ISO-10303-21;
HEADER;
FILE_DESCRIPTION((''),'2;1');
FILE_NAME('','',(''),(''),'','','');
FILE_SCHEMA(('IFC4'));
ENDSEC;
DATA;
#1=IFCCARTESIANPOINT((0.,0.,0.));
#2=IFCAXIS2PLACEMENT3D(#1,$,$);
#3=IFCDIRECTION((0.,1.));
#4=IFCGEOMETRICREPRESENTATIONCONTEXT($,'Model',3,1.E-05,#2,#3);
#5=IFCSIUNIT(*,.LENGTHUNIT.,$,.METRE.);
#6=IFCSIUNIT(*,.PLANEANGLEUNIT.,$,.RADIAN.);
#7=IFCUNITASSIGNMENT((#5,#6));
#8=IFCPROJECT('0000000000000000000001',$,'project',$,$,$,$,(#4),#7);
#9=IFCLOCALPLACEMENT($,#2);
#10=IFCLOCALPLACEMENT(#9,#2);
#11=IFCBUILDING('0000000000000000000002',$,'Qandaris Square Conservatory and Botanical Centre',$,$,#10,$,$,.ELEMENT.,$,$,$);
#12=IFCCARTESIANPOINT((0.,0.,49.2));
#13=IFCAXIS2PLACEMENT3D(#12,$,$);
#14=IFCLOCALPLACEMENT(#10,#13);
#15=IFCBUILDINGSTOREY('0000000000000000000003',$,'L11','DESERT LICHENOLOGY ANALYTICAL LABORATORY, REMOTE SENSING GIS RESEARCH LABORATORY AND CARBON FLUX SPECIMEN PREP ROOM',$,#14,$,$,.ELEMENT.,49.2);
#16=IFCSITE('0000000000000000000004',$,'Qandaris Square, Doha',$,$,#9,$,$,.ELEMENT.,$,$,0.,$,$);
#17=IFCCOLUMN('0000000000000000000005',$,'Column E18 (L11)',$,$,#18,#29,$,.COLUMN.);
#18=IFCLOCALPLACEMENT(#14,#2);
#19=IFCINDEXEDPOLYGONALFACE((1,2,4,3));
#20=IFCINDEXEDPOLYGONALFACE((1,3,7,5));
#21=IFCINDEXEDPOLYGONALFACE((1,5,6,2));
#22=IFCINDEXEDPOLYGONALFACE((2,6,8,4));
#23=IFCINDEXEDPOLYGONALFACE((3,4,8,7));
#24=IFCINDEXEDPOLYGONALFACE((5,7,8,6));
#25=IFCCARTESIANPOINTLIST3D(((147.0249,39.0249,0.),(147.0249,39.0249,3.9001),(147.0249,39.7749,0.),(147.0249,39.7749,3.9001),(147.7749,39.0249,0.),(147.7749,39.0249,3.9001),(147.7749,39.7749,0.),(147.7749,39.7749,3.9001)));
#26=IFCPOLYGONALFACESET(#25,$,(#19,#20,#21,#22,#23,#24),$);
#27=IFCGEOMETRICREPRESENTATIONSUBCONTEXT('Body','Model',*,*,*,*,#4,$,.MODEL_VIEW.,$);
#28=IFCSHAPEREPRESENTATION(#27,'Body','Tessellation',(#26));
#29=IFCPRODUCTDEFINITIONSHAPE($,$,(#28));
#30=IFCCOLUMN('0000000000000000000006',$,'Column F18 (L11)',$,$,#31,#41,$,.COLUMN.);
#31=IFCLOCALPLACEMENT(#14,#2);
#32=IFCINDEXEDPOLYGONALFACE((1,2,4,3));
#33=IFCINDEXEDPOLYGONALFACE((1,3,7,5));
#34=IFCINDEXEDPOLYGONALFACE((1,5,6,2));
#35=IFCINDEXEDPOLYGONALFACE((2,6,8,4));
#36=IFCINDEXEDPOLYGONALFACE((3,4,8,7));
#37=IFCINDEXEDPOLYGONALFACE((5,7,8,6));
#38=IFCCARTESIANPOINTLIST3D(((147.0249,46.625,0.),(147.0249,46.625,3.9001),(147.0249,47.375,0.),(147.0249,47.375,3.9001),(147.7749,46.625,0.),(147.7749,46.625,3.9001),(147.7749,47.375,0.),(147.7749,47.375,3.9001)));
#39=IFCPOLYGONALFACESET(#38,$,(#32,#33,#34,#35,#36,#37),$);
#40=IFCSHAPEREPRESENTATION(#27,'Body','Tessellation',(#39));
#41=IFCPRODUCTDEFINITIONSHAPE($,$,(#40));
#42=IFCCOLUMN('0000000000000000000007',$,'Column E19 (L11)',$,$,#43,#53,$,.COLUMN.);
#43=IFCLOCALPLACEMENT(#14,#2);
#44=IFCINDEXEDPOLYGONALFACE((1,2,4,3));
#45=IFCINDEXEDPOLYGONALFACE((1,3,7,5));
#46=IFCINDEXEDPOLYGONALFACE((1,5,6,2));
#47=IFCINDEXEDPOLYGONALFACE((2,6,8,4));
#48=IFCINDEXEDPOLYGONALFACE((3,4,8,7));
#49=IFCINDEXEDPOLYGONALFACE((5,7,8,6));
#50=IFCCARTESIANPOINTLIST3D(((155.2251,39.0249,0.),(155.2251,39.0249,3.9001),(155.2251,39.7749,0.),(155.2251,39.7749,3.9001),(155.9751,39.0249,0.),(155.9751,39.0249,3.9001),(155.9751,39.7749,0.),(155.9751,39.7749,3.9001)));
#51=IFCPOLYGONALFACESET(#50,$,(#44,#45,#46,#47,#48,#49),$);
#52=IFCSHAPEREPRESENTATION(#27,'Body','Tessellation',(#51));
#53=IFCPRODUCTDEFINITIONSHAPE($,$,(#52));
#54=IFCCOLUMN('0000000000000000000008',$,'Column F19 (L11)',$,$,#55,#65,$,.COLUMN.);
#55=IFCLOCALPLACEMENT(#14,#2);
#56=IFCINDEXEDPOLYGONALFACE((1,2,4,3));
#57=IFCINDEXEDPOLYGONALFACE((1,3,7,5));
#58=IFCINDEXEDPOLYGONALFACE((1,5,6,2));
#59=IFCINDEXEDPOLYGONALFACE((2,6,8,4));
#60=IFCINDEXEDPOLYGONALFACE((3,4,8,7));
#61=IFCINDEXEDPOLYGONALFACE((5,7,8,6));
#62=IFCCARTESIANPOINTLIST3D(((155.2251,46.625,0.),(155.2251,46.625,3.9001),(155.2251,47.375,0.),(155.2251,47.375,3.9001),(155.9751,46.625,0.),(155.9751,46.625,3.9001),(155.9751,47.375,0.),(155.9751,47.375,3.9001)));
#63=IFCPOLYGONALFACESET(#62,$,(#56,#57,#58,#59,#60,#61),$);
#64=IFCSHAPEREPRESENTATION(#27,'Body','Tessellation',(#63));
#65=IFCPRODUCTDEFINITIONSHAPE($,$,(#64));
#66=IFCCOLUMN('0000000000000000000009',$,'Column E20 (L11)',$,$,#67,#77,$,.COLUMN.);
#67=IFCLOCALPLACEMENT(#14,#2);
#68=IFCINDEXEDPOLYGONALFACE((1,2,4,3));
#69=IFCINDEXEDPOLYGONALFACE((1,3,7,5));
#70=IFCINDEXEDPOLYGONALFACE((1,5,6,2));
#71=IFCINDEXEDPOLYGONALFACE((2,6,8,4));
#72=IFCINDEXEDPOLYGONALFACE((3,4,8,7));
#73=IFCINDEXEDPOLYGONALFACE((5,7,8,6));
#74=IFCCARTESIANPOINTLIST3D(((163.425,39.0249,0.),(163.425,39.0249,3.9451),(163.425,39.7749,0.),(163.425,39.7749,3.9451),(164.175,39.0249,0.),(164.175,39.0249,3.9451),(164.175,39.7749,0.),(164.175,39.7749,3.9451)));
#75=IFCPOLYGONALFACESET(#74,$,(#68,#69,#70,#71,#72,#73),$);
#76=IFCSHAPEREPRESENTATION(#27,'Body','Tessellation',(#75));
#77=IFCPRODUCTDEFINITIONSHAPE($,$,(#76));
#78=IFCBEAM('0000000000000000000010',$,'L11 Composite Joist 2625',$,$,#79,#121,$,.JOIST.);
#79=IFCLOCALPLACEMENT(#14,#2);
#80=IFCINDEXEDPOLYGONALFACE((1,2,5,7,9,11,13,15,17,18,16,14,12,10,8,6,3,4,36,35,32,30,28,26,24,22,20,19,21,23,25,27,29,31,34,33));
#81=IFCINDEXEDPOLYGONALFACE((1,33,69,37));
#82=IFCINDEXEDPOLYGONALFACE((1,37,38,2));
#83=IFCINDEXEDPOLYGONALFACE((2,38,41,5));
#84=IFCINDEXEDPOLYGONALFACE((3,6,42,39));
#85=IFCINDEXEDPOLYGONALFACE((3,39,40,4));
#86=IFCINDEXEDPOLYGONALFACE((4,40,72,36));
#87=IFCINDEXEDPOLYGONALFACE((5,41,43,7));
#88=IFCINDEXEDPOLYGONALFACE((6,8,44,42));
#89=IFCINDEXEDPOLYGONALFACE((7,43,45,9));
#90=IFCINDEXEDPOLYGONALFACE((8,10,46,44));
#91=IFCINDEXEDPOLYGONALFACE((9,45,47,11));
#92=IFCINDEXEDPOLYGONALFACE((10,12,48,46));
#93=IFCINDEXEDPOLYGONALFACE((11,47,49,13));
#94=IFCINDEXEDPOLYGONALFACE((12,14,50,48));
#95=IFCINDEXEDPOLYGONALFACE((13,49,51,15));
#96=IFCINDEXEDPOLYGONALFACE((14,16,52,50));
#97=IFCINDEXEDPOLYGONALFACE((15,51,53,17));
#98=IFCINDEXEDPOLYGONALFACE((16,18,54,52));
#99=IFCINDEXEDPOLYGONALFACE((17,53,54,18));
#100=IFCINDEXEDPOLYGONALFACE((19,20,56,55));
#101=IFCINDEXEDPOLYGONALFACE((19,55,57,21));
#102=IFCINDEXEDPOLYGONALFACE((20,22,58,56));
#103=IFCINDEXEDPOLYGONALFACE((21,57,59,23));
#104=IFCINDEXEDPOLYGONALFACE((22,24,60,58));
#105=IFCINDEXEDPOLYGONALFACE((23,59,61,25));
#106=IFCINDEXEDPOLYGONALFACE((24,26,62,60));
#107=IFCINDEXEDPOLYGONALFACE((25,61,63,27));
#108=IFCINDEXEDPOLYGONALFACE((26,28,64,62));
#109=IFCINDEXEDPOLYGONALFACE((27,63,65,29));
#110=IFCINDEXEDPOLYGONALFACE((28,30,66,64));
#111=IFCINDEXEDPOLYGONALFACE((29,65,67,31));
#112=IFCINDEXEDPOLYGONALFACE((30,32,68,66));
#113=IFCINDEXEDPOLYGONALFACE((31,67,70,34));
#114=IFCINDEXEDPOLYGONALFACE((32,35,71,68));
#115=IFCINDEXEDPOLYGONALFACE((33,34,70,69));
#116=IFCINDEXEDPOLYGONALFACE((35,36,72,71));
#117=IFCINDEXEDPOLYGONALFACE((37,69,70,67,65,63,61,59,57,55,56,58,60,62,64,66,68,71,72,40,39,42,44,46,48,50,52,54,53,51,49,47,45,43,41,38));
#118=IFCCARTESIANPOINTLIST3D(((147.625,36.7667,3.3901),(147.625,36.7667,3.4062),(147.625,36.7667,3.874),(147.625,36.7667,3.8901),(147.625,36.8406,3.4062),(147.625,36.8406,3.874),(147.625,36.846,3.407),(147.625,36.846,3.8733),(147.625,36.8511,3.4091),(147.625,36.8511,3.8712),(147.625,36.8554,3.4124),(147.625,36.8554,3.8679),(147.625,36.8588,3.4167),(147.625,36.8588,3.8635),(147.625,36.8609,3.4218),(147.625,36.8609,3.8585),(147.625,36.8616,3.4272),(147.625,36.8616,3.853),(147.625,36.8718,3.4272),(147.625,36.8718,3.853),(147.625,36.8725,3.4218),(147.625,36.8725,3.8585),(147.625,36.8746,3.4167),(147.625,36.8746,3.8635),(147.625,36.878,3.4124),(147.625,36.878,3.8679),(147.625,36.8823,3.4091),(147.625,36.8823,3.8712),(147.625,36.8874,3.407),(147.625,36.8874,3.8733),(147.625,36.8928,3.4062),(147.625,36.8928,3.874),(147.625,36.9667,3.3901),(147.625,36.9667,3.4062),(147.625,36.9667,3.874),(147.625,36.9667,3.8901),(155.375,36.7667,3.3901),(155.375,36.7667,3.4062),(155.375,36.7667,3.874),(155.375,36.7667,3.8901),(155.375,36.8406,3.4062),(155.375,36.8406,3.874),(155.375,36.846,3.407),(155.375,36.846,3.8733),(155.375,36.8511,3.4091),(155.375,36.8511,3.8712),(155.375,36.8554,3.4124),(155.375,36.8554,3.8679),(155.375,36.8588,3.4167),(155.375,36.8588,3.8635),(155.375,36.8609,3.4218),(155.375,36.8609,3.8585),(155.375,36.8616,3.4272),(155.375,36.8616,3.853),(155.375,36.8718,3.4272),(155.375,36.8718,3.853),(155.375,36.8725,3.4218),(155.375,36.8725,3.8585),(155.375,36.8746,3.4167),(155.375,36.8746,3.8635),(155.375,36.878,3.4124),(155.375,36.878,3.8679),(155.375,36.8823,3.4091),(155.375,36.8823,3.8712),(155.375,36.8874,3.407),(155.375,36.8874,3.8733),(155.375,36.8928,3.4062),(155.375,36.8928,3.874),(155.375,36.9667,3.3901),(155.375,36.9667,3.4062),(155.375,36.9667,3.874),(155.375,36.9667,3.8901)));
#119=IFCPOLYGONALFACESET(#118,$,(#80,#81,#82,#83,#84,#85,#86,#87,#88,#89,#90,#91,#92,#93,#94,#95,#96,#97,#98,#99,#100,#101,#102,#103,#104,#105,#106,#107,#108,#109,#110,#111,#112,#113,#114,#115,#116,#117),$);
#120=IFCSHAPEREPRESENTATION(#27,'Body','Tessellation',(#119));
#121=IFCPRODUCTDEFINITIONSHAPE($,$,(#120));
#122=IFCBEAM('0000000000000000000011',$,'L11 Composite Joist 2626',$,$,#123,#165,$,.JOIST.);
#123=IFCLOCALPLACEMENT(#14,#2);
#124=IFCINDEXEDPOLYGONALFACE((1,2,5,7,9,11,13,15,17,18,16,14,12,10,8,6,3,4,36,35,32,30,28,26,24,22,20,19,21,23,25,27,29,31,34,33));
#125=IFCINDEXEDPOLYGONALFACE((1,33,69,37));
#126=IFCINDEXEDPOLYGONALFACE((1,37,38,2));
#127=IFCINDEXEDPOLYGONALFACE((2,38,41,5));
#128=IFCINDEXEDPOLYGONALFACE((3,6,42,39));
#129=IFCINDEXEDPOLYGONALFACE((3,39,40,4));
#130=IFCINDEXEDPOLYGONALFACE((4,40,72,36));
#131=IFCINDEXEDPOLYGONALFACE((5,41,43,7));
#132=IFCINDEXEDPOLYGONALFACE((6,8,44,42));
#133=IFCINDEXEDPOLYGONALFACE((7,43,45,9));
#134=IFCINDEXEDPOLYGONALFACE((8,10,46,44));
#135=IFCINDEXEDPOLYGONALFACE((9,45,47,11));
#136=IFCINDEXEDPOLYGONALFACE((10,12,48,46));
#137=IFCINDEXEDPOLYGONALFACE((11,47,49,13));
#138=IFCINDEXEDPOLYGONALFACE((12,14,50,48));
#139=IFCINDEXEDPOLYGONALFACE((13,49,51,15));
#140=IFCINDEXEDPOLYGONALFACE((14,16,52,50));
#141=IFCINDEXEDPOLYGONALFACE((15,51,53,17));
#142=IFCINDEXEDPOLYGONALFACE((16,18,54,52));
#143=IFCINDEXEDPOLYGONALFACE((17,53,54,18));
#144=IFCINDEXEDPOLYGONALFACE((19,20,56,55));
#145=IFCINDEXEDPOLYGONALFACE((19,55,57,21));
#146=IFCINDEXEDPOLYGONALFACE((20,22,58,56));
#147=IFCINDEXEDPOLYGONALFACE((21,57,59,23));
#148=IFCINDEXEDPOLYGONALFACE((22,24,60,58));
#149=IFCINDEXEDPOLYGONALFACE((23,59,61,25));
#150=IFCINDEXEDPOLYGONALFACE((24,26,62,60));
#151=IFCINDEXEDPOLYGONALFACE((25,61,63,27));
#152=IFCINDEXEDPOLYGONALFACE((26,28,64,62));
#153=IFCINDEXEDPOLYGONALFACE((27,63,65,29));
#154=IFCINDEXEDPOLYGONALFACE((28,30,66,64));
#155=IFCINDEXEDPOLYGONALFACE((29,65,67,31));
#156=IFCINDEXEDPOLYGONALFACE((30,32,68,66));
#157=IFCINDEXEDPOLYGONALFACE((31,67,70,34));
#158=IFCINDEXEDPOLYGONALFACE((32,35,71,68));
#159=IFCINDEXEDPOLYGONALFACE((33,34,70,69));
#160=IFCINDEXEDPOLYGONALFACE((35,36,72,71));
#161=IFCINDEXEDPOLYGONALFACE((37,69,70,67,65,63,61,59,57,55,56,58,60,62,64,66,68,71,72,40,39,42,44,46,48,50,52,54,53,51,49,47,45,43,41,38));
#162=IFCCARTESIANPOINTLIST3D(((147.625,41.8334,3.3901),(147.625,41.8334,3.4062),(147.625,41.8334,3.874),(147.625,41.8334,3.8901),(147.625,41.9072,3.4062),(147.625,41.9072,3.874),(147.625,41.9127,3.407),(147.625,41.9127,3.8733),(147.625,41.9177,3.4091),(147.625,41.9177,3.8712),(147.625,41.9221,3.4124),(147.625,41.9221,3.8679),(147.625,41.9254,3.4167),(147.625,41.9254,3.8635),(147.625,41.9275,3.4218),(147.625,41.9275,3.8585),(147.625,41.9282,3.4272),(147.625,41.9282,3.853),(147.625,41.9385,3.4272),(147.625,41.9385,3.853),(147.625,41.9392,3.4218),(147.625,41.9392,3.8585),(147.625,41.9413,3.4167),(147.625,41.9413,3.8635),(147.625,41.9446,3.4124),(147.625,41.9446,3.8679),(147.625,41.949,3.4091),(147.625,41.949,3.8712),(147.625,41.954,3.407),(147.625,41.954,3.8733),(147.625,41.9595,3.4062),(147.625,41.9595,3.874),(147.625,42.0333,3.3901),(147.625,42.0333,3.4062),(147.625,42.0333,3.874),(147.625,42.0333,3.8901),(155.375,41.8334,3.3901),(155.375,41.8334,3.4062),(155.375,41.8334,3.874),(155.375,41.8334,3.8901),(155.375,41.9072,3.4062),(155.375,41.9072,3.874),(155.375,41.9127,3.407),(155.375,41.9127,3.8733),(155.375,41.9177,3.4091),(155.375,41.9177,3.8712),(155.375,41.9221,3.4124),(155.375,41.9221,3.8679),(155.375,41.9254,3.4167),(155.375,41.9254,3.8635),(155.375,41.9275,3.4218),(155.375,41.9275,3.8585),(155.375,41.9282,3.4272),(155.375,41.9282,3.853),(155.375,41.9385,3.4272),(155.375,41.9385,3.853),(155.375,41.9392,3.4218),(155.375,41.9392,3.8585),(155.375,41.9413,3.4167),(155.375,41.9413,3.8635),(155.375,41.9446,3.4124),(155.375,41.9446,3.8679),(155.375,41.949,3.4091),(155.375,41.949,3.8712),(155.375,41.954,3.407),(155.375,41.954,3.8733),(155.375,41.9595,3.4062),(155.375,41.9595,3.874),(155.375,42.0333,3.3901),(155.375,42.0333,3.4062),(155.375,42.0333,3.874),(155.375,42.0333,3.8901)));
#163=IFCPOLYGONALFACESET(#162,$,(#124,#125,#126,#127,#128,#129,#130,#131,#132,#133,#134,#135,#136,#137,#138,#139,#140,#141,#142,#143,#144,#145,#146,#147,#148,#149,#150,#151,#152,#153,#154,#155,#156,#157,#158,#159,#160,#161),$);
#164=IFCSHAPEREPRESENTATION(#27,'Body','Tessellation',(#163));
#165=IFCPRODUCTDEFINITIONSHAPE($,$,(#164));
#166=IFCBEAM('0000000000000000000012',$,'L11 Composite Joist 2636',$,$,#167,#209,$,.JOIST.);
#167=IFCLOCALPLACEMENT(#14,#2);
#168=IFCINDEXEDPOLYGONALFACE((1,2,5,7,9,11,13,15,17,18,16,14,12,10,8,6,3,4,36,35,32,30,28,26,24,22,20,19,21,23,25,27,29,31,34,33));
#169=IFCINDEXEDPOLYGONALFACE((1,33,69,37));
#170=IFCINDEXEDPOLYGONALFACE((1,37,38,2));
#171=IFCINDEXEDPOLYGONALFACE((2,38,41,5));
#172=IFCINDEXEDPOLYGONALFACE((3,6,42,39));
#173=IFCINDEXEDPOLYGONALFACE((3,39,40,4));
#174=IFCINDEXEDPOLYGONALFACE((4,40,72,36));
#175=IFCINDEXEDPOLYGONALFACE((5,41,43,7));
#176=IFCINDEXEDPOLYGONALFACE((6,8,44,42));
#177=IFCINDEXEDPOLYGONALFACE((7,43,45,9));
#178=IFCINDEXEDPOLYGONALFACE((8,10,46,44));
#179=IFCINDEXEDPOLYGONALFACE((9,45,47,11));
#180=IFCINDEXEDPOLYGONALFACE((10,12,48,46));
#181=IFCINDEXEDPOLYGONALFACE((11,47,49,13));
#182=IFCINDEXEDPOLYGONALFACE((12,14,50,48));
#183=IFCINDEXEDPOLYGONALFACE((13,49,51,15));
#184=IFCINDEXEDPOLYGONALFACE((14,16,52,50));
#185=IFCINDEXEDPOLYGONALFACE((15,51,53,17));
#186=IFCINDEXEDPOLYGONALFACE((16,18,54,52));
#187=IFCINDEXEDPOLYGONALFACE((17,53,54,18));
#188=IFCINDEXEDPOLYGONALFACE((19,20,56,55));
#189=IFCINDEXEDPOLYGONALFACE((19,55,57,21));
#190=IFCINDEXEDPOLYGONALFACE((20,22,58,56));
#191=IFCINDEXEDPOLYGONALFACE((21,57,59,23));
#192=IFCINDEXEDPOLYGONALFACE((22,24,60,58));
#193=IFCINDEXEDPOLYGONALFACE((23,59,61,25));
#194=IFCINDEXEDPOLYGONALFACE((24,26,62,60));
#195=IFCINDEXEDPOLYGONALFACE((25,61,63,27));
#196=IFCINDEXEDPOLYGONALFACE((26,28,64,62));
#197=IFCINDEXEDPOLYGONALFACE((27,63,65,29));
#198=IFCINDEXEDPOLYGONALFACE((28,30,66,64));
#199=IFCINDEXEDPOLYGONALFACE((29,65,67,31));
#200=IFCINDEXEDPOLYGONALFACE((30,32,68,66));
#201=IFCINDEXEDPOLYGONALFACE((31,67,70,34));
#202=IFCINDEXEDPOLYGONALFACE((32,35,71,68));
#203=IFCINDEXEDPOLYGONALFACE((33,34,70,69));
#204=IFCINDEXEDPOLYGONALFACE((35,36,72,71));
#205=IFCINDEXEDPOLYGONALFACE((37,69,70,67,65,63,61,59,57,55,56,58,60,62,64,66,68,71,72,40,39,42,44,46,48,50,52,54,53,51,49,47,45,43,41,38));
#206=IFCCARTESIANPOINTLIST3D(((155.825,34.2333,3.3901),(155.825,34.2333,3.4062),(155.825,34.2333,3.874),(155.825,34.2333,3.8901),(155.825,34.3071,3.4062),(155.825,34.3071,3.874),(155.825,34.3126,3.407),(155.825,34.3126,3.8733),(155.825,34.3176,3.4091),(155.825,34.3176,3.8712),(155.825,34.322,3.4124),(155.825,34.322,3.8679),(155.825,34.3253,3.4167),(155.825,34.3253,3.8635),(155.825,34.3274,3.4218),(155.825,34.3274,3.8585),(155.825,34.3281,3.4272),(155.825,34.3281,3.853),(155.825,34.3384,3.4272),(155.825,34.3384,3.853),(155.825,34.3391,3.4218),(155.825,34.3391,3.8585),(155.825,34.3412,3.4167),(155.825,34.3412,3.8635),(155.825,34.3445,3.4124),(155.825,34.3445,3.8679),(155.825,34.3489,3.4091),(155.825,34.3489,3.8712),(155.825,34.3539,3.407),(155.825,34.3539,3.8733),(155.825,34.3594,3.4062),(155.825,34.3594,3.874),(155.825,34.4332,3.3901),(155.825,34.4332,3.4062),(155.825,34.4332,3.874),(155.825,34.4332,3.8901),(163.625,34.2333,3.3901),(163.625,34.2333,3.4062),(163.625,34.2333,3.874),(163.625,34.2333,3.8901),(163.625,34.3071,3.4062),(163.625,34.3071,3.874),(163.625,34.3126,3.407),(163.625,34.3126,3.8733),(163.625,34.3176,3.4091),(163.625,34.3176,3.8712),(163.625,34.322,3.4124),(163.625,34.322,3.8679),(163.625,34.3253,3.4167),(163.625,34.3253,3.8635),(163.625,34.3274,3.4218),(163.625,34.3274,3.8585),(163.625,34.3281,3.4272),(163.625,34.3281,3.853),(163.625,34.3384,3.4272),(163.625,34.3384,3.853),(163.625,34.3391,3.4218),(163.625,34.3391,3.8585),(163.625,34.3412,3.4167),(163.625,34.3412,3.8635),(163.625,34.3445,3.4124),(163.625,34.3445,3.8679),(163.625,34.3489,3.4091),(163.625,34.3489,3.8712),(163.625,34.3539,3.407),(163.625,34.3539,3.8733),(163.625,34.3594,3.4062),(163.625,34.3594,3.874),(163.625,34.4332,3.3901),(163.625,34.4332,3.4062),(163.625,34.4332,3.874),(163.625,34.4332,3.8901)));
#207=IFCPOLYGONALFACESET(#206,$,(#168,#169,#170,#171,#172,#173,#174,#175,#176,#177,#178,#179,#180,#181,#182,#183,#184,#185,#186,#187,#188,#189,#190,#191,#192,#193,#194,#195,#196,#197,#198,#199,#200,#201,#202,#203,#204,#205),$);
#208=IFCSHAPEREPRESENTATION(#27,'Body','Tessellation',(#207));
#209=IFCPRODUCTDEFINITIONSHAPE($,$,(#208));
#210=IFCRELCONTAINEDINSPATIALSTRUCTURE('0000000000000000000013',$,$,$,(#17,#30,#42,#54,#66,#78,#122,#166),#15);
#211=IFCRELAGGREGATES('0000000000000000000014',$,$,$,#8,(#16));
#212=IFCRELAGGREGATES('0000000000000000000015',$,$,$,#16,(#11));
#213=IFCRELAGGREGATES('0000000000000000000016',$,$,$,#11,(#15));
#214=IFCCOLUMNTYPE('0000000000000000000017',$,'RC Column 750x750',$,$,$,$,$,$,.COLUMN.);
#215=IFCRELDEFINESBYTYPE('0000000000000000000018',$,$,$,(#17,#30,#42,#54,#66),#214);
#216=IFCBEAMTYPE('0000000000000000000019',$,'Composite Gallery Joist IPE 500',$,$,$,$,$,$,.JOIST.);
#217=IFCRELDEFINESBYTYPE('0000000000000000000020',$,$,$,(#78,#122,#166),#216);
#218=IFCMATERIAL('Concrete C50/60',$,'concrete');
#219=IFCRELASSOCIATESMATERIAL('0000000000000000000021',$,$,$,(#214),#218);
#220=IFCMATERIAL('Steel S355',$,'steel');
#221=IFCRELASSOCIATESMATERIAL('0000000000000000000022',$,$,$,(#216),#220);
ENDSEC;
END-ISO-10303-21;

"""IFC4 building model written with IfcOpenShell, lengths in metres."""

from ifc_helpers import new_model, si_unit, direction, frame, origin, origin_2d, place, context, subcontext, project, spatial, rectangle, i_section, extrude, material, material_profile, profile_set, type_object, element, save


model = new_model("IFC4")

# Units and contexts
model_context = context("Model", 3, precision=1e-05, world=origin(), true_north=direction((0.0, 1.0)))
body_context = subcontext(model_context, "Body", "Model", "MODEL_VIEW")
ifc_project = project(units=[si_unit("LENGTHUNIT", "METRE"), si_unit("PLANEANGLEUNIT", "RADIAN")], contexts=[model_context])

# Site, building, storey
site_placement = place(None, origin())
site = spatial("IfcSite", under=ifc_project, at=site_placement, Name="Qandaris Square, Doha", CompositionType="ELEMENT", RefElevation=0.0)
building_placement = place(site_placement, origin())
building = spatial("IfcBuilding", under=site, at=building_placement, Name="Qandaris Square Conservatory and Botanical Centre", CompositionType="ELEMENT")
storey_placement = place(building_placement, frame((0.0, 0.0, 49.2)))
storey = spatial("IfcBuildingStorey", under=building, at=storey_placement, Name="L11", Description="DESERT LICHENOLOGY ANALYTICAL LABORATORY, REMOTE SENSING GIS RESEARCH LABORATORY AND CARBON FLUX SPECIMEN PREP ROOM", CompositionType="ELEMENT", Elevation=49.2)

# Columns
ifc_material_1 = material(Name="Concrete C50/60", Category="concrete")
ifc_material_profile_1 = material_profile(ifc_material_1, rectangle(XDim=0.75, YDim=0.75, at=origin_2d()), Name="RC-COL 750x750")
ifc_profile_set_1 = profile_set([ifc_material_profile_1], Name="Concrete C50/60")
column_type = type_object("IfcColumnType", Name="RC Column 750x750", PredefinedType="COLUMN", material=ifc_profile_set_1)
for number, where, z_axis, x_axis, name in (
    (1, (147.3999, 39.3999, 0.0), (0.0, 0.0, 1.0), (1.0, 0.0, 0.0), "Column E18 (L11)"),
    (2, (147.3999, 47.0, 0.0), (0.0, 0.0, 1.0), (1.0, 0.0, 0.0), "Column F18 (L11)"),
    (3, (155.6001, 39.3999, 0.0), (0.0, 0.0, 1.0), (1.0, 0.0, 0.0), "Column E19 (L11)"),
    (4, (155.6001, 47.0, 0.0), (0.0, 0.0, 1.0), (1.0, 0.0, 0.0), "Column F19 (L11)"),
):
    element("IfcColumn", number, at=place(storey_placement, frame(where, z_axis=z_axis, x_axis=x_axis)), inside=storey, type_object=column_type, Name=name, PredefinedType="COLUMN", context=body_context, shape_type="SweptSolid", body=[
        extrude(rectangle(XDim=0.75, YDim=0.75, at=origin_2d()), origin(), (0.0, 0.0, 1.0), 3.9001),
    ])
column_placement = place(storey_placement, frame((163.8, 39.3999, 0.0), z_axis=(0.0, 0.0, 1.0), x_axis=(1.0, 0.0, 0.0)))
element("IfcColumn", 5, at=column_placement, inside=storey, type_object=column_type, Name="Column E20 (L11)", PredefinedType="COLUMN", context=body_context, shape_type="SweptSolid", body=[
    extrude(rectangle(XDim=0.75, YDim=0.75, at=origin_2d()), origin(), (0.0, 0.0, 1.0), 3.9451),
])

# Beams
ifc_material_2 = material(Name="Steel S355", Category="steel")
ifc_material_profile_2 = material_profile(ifc_material_2, i_section(OverallWidth=0.2, OverallDepth=0.5, WebThickness=0.0103, FlangeThickness=0.0161, FilletRadius=0.021, at=origin_2d()), Name="IPE 500")
ifc_profile_set_2 = profile_set([ifc_material_profile_2], Name="Steel S355")
beam_type_1 = type_object("IfcBeamType", Name="Composite Gallery Joist IPE 500", PredefinedType="JOIST", material=ifc_profile_set_2)
for number, where, z_axis, x_axis, name in (
    (6, (147.625, 36.8667, 3.6401), (1.0, 0.0, 0.0), (0.0, 1.0, 0.0), "L11 Composite Joist 2625"),
    (7, (147.625, 41.9333, 3.6401), (1.0, 0.0, 0.0), (0.0, 1.0, 0.0), "L11 Composite Joist 2626"),
):
    element("IfcBeam", number, at=place(storey_placement, frame(where, z_axis=z_axis, x_axis=x_axis)), inside=storey, type_object=beam_type_1, Name=name, PredefinedType="JOIST", context=body_context, shape_type="SweptSolid", body=[
        extrude(i_section(OverallWidth=0.2, OverallDepth=0.5, WebThickness=0.0103, FlangeThickness=0.0161, FilletRadius=0.021, at=origin_2d()), origin(), (0.0, 0.0, 1.0), 7.75),
    ])
beam_1_placement = place(storey_placement, frame((155.825, 34.3333, 3.6401), z_axis=(1.0, 0.0, 0.0), x_axis=(0.0, 1.0, 0.0)))
element("IfcBeam", 8, at=beam_1_placement, inside=storey, type_object=beam_type_1, Name="L11 Composite Joist 2636", PredefinedType="JOIST", context=body_context, shape_type="SweptSolid", body=[
    extrude(i_section(OverallWidth=0.2, OverallDepth=0.5, WebThickness=0.0103, FlangeThickness=0.0161, FilletRadius=0.021, at=origin_2d()), origin(), (0.0, 0.0, 1.0), 7.8),
])

save(model, "model.ifc")
